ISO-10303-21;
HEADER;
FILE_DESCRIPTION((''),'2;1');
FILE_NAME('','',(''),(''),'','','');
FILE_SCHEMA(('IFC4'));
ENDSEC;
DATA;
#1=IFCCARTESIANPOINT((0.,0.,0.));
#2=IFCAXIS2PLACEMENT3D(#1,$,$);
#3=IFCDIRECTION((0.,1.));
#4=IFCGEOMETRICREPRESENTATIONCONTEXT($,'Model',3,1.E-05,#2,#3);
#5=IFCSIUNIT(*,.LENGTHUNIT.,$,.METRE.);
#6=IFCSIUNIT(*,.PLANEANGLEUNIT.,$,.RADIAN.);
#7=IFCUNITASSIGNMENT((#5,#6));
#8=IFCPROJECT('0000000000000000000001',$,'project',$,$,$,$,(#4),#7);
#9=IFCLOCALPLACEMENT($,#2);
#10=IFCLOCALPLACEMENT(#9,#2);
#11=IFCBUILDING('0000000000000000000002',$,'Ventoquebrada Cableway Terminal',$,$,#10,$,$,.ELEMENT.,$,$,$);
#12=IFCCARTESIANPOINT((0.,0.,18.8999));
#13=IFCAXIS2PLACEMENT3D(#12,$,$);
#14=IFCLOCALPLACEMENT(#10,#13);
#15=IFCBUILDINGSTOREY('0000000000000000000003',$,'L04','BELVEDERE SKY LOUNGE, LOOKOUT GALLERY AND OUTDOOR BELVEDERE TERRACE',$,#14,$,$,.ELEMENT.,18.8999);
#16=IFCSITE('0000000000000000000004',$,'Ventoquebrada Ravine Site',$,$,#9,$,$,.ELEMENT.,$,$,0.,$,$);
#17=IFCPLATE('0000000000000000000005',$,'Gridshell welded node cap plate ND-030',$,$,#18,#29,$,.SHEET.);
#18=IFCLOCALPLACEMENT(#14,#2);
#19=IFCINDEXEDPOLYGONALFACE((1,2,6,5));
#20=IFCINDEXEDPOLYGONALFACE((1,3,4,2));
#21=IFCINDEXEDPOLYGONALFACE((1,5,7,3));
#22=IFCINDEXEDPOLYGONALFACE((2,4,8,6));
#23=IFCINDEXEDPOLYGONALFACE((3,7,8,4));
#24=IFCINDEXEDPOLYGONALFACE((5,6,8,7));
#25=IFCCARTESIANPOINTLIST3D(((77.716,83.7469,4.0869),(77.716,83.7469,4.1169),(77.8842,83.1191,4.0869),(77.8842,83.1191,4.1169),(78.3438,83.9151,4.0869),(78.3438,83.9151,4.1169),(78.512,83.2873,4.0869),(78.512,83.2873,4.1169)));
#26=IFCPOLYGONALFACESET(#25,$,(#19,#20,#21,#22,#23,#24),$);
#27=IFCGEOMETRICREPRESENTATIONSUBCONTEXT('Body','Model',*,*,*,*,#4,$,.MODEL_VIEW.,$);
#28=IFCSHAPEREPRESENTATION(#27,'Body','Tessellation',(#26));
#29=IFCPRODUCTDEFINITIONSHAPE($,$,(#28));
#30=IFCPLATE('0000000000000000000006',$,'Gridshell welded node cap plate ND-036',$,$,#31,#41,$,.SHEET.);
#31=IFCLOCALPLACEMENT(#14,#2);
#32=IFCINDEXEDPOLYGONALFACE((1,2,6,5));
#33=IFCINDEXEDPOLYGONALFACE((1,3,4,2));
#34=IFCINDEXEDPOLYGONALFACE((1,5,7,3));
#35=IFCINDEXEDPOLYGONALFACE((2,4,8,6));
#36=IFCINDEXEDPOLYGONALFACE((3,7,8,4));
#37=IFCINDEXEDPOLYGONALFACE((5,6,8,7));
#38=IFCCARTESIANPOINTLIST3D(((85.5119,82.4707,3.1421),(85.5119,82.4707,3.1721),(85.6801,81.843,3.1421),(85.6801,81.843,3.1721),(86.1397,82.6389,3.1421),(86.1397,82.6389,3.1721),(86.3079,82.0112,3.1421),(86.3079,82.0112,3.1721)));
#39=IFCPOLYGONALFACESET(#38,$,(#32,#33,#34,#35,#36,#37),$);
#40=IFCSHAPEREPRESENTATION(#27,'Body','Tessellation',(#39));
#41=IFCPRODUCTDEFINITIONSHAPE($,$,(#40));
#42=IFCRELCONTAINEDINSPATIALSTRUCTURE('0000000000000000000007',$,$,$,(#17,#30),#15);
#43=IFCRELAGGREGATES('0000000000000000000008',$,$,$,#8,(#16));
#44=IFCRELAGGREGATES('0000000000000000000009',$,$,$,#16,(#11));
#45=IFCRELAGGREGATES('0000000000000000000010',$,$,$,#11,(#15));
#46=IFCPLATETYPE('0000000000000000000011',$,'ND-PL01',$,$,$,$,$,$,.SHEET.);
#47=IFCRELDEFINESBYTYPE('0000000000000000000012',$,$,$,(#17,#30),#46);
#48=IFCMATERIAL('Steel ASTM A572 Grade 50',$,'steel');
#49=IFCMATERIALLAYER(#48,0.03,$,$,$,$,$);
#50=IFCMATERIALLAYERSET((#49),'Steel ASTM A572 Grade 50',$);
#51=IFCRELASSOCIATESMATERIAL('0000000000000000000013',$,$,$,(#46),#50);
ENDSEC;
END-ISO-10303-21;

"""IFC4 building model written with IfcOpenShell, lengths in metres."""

from ifc_helpers import new_model, si_unit, direction, frame, origin, origin_2d, place, context, subcontext, project, spatial, rectangle, extrude, material, layer, layer_set, type_object, element, save


model = new_model("IFC4")

# Units and contexts
model_context = context("Model", 3, precision=1e-05, world=origin(), true_north=direction((0.0, 1.0)))
body_context = subcontext(model_context, "Body", "Model", "MODEL_VIEW")
ifc_project = project(units=[si_unit("LENGTHUNIT", "METRE"), si_unit("PLANEANGLEUNIT", "RADIAN")], contexts=[model_context])

# Site, building, storey
site_placement = place(None, origin())
site = spatial("IfcSite", under=ifc_project, at=site_placement, Name="Ventoquebrada Ravine Site", CompositionType="ELEMENT", RefElevation=0.0)
building_placement = place(site_placement, origin())
building = spatial("IfcBuilding", under=site, at=building_placement, Name="Ventoquebrada Cableway Terminal", CompositionType="ELEMENT")
storey_placement = place(building_placement, frame((0.0, 0.0, 18.8999)))
storey = spatial("IfcBuildingStorey", under=building, at=storey_placement, Name="L04", Description="BELVEDERE SKY LOUNGE, LOOKOUT GALLERY AND OUTDOOR BELVEDERE TERRACE", CompositionType="ELEMENT", Elevation=18.8999)

# Plates
ifc_material_1 = material(Name="Steel ASTM A572 Grade 50", Category="steel")
ifc_layer_1 = layer(ifc_material_1, 0.03)
ifc_layer_set_1 = layer_set([ifc_layer_1], Name="Steel ASTM A572 Grade 50")
plate_type_1 = type_object("IfcPlateType", Name="ND-PL01", PredefinedType="SHEET", material=ifc_layer_set_1)
for number, where, z_axis, x_axis, name in (
    (1, (78.114, 83.5171, 4.0869), (0.0, 0.0, 1.0), (0.965926, 0.258819, 0.0), "Gridshell welded node cap plate ND-030"),
    (2, (85.9099, 82.241, 3.1421), (0.0, 0.0, 1.0), (0.965926, 0.258819, 0.0), "Gridshell welded node cap plate ND-036"),
):
    element("IfcPlate", number, at=place(storey_placement, frame(where, z_axis=z_axis, x_axis=x_axis)), inside=storey, type_object=plate_type_1, Name=name, PredefinedType="SHEET", context=body_context, shape_type="SweptSolid", body=[
        extrude(rectangle(XDim=0.6499, YDim=0.6499, at=origin_2d()), origin(), (0.0, 0.0, 1.0), 0.03),
    ])

save(model, "model.ifc")
